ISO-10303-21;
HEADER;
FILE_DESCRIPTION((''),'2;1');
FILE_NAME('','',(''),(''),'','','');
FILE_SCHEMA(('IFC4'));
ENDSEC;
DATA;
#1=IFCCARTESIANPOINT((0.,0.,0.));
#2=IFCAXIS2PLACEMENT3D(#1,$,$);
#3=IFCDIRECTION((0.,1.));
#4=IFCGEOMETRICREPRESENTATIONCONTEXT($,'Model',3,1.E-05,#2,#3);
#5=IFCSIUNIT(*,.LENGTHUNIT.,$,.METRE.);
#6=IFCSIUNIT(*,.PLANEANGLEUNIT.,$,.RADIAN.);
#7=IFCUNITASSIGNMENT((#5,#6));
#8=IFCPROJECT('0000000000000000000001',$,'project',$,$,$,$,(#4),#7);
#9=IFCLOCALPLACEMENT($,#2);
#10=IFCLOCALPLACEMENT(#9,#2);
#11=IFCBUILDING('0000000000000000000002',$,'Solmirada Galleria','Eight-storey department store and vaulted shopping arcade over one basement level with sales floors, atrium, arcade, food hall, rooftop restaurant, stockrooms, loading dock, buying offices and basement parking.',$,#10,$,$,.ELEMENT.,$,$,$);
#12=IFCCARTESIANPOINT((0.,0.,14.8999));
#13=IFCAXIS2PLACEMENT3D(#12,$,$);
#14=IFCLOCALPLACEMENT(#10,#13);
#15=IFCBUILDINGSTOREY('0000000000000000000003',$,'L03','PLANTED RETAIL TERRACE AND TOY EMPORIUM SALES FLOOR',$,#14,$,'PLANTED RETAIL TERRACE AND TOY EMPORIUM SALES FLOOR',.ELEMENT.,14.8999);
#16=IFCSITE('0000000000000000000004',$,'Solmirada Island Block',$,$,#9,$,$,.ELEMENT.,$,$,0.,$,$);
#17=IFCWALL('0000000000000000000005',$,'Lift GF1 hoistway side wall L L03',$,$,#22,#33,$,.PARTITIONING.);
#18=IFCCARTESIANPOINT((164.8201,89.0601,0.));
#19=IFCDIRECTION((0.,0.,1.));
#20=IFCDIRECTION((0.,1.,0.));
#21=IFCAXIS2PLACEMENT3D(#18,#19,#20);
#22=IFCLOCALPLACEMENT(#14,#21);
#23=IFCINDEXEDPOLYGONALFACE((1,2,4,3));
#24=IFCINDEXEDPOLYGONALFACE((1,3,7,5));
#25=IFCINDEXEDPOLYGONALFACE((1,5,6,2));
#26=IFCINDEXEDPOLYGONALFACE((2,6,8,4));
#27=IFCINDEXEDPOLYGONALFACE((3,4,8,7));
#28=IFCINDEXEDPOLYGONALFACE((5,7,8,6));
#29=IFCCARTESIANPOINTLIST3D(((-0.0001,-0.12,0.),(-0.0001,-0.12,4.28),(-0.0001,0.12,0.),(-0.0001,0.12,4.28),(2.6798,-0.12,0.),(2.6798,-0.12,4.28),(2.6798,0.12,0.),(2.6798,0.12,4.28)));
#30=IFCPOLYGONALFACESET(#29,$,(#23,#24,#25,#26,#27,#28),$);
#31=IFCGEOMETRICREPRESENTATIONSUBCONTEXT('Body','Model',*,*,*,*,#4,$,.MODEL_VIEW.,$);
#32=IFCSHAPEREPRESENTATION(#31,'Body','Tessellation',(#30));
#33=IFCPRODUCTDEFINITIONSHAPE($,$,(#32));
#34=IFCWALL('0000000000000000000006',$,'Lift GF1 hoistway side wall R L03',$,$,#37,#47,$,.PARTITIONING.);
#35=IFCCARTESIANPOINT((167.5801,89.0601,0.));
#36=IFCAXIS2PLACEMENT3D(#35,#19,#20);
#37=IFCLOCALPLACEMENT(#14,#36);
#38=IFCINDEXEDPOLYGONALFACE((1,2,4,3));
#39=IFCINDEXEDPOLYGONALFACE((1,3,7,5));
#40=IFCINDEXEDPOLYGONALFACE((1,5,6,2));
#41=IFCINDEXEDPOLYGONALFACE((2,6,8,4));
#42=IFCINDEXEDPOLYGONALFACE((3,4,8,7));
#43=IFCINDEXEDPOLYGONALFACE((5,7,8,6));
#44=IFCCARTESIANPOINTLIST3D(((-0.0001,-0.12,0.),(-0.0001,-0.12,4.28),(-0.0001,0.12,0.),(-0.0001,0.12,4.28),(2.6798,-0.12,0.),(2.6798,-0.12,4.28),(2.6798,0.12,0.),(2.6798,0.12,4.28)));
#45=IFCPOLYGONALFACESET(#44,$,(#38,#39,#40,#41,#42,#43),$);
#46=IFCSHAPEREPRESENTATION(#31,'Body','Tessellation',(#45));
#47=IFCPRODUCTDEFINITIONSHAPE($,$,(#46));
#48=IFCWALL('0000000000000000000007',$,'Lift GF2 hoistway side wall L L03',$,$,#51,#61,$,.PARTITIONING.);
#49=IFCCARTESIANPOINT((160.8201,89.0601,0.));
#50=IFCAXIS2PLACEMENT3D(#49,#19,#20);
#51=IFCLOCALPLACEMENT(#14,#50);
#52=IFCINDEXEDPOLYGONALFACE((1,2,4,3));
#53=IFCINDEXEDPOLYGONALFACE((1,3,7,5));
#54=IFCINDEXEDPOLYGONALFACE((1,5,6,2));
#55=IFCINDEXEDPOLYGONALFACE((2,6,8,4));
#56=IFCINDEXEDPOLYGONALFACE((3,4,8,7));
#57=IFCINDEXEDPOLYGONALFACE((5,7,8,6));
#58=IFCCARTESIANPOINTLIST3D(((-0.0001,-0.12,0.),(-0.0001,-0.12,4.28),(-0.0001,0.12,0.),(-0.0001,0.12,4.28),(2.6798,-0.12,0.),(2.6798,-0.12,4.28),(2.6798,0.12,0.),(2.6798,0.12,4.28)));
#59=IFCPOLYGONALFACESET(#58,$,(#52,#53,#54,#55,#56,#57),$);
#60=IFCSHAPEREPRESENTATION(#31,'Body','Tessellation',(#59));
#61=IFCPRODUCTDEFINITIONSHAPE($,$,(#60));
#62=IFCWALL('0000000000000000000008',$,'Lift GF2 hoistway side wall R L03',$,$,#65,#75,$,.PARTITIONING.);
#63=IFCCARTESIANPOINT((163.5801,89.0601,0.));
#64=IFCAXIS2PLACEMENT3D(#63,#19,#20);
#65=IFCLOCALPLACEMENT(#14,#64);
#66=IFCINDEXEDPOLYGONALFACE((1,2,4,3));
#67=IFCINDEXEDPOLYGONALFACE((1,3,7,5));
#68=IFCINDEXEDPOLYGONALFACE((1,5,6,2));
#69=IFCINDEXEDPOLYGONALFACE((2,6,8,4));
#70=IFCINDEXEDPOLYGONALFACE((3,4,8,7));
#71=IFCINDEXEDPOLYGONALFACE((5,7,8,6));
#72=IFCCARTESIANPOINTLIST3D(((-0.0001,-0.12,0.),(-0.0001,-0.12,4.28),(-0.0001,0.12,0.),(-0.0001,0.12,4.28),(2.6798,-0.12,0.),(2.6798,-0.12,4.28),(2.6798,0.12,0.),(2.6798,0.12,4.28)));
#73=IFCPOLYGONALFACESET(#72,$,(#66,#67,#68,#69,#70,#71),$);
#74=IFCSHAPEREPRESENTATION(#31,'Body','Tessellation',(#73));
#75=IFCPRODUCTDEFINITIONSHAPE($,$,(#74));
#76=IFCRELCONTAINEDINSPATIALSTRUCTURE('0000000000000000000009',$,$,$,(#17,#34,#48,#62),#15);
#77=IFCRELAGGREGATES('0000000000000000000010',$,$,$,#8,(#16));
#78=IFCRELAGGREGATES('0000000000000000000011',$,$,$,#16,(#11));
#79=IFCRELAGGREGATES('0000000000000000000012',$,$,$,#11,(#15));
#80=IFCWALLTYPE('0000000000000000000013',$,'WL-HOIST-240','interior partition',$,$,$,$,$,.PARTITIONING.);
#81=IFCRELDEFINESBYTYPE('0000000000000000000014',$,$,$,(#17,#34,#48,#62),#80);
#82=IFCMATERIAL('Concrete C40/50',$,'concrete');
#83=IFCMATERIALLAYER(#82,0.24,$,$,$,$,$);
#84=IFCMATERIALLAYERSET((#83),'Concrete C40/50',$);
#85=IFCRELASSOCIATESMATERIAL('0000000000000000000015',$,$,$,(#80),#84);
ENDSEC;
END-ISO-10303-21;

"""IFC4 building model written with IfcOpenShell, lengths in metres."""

from ifc_helpers import new_model, si_unit, direction, frame, frame_2d, origin, place, context, subcontext, project, spatial, rectangle, extrude, material, layer, layer_set, type_object, element, save


model = new_model("IFC4")

# Units and contexts
model_context = context("Model", 3, precision=1e-05, world=origin(), true_north=direction((0.0, 1.0)))
body_context = subcontext(model_context, "Body", "Model", "MODEL_VIEW")
ifc_project = project(units=[si_unit("LENGTHUNIT", "METRE"), si_unit("PLANEANGLEUNIT", "RADIAN")], contexts=[model_context])

# Site, building, storey
site_placement = place(None, origin())
site = spatial("IfcSite", under=ifc_project, at=site_placement, Name="Solmirada Island Block", CompositionType="ELEMENT", RefElevation=0.0)
building_placement = place(site_placement, origin())
building = spatial("IfcBuilding", under=site, at=building_placement, Name="Solmirada Galleria", Description="Eight-storey department store and vaulted shopping arcade over one basement level with sales floors, atrium, arcade, food hall, rooftop restaurant, stockrooms, loading dock, buying offices and basement parking.", CompositionType="ELEMENT")
storey_placement = place(building_placement, frame((0.0, 0.0, 14.8999)))
storey = spatial("IfcBuildingStorey", under=building, at=storey_placement, Name="L03", Description="PLANTED RETAIL TERRACE AND TOY EMPORIUM SALES FLOOR", LongName="PLANTED RETAIL TERRACE AND TOY EMPORIUM SALES FLOOR", CompositionType="ELEMENT", Elevation=14.8999)

# Shared definitions
ifc_material_1 = material(Name="Concrete C40/50", Category="concrete")

# Shared definitions
ifc_layer_1 = layer(ifc_material_1, 0.24)
ifc_layer_set_1 = layer_set([ifc_layer_1], Name="Concrete C40/50")
wall_type_1 = type_object("IfcWallType", Name="WL-HOIST-240", Description="interior partition", PredefinedType="PARTITIONING", material=ifc_layer_set_1)

# Walls
for number, where, z_axis, x_axis, name in (
    (1, (164.8201, 89.0601, 0.0), (0.0, 0.0, 1.0), (0.0, 1.0, 0.0), "Lift GF1 hoistway side wall L L03"),
    (2, (167.5801, 89.0601, 0.0), (0.0, 0.0, 1.0), (0.0, 1.0, 0.0), "Lift GF1 hoistway side wall R L03"),
):
    element("IfcWall", number, at=place(storey_placement, frame(where, z_axis=z_axis, x_axis=x_axis)), inside=storey, type_object=wall_type_1, Name=name, PredefinedType="PARTITIONING", context=body_context, shape_type="SweptSolid", body=[
        extrude(rectangle(XDim=2.6799, YDim=0.24, at=frame_2d((1.3398, 0.0))), origin(), (0.0, 0.0, 1.0), 4.28),
    ])

# Walls
for number, where, z_axis, x_axis, name in (
    (3, (160.8201, 89.0601, 0.0), (0.0, 0.0, 1.0), (0.0, 1.0, 0.0), "Lift GF2 hoistway side wall L L03"),
    (4, (163.5801, 89.0601, 0.0), (0.0, 0.0, 1.0), (0.0, 1.0, 0.0), "Lift GF2 hoistway side wall R L03"),
):
    element("IfcWall", number, at=place(storey_placement, frame(where, z_axis=z_axis, x_axis=x_axis)), inside=storey, type_object=wall_type_1, Name=name, PredefinedType="PARTITIONING", context=body_context, shape_type="SweptSolid", body=[
        extrude(rectangle(XDim=2.6799, YDim=0.24, at=frame_2d((1.3398, 0.0))), origin(), (0.0, 0.0, 1.0), 4.28),
    ])

save(model, "model.ifc")
